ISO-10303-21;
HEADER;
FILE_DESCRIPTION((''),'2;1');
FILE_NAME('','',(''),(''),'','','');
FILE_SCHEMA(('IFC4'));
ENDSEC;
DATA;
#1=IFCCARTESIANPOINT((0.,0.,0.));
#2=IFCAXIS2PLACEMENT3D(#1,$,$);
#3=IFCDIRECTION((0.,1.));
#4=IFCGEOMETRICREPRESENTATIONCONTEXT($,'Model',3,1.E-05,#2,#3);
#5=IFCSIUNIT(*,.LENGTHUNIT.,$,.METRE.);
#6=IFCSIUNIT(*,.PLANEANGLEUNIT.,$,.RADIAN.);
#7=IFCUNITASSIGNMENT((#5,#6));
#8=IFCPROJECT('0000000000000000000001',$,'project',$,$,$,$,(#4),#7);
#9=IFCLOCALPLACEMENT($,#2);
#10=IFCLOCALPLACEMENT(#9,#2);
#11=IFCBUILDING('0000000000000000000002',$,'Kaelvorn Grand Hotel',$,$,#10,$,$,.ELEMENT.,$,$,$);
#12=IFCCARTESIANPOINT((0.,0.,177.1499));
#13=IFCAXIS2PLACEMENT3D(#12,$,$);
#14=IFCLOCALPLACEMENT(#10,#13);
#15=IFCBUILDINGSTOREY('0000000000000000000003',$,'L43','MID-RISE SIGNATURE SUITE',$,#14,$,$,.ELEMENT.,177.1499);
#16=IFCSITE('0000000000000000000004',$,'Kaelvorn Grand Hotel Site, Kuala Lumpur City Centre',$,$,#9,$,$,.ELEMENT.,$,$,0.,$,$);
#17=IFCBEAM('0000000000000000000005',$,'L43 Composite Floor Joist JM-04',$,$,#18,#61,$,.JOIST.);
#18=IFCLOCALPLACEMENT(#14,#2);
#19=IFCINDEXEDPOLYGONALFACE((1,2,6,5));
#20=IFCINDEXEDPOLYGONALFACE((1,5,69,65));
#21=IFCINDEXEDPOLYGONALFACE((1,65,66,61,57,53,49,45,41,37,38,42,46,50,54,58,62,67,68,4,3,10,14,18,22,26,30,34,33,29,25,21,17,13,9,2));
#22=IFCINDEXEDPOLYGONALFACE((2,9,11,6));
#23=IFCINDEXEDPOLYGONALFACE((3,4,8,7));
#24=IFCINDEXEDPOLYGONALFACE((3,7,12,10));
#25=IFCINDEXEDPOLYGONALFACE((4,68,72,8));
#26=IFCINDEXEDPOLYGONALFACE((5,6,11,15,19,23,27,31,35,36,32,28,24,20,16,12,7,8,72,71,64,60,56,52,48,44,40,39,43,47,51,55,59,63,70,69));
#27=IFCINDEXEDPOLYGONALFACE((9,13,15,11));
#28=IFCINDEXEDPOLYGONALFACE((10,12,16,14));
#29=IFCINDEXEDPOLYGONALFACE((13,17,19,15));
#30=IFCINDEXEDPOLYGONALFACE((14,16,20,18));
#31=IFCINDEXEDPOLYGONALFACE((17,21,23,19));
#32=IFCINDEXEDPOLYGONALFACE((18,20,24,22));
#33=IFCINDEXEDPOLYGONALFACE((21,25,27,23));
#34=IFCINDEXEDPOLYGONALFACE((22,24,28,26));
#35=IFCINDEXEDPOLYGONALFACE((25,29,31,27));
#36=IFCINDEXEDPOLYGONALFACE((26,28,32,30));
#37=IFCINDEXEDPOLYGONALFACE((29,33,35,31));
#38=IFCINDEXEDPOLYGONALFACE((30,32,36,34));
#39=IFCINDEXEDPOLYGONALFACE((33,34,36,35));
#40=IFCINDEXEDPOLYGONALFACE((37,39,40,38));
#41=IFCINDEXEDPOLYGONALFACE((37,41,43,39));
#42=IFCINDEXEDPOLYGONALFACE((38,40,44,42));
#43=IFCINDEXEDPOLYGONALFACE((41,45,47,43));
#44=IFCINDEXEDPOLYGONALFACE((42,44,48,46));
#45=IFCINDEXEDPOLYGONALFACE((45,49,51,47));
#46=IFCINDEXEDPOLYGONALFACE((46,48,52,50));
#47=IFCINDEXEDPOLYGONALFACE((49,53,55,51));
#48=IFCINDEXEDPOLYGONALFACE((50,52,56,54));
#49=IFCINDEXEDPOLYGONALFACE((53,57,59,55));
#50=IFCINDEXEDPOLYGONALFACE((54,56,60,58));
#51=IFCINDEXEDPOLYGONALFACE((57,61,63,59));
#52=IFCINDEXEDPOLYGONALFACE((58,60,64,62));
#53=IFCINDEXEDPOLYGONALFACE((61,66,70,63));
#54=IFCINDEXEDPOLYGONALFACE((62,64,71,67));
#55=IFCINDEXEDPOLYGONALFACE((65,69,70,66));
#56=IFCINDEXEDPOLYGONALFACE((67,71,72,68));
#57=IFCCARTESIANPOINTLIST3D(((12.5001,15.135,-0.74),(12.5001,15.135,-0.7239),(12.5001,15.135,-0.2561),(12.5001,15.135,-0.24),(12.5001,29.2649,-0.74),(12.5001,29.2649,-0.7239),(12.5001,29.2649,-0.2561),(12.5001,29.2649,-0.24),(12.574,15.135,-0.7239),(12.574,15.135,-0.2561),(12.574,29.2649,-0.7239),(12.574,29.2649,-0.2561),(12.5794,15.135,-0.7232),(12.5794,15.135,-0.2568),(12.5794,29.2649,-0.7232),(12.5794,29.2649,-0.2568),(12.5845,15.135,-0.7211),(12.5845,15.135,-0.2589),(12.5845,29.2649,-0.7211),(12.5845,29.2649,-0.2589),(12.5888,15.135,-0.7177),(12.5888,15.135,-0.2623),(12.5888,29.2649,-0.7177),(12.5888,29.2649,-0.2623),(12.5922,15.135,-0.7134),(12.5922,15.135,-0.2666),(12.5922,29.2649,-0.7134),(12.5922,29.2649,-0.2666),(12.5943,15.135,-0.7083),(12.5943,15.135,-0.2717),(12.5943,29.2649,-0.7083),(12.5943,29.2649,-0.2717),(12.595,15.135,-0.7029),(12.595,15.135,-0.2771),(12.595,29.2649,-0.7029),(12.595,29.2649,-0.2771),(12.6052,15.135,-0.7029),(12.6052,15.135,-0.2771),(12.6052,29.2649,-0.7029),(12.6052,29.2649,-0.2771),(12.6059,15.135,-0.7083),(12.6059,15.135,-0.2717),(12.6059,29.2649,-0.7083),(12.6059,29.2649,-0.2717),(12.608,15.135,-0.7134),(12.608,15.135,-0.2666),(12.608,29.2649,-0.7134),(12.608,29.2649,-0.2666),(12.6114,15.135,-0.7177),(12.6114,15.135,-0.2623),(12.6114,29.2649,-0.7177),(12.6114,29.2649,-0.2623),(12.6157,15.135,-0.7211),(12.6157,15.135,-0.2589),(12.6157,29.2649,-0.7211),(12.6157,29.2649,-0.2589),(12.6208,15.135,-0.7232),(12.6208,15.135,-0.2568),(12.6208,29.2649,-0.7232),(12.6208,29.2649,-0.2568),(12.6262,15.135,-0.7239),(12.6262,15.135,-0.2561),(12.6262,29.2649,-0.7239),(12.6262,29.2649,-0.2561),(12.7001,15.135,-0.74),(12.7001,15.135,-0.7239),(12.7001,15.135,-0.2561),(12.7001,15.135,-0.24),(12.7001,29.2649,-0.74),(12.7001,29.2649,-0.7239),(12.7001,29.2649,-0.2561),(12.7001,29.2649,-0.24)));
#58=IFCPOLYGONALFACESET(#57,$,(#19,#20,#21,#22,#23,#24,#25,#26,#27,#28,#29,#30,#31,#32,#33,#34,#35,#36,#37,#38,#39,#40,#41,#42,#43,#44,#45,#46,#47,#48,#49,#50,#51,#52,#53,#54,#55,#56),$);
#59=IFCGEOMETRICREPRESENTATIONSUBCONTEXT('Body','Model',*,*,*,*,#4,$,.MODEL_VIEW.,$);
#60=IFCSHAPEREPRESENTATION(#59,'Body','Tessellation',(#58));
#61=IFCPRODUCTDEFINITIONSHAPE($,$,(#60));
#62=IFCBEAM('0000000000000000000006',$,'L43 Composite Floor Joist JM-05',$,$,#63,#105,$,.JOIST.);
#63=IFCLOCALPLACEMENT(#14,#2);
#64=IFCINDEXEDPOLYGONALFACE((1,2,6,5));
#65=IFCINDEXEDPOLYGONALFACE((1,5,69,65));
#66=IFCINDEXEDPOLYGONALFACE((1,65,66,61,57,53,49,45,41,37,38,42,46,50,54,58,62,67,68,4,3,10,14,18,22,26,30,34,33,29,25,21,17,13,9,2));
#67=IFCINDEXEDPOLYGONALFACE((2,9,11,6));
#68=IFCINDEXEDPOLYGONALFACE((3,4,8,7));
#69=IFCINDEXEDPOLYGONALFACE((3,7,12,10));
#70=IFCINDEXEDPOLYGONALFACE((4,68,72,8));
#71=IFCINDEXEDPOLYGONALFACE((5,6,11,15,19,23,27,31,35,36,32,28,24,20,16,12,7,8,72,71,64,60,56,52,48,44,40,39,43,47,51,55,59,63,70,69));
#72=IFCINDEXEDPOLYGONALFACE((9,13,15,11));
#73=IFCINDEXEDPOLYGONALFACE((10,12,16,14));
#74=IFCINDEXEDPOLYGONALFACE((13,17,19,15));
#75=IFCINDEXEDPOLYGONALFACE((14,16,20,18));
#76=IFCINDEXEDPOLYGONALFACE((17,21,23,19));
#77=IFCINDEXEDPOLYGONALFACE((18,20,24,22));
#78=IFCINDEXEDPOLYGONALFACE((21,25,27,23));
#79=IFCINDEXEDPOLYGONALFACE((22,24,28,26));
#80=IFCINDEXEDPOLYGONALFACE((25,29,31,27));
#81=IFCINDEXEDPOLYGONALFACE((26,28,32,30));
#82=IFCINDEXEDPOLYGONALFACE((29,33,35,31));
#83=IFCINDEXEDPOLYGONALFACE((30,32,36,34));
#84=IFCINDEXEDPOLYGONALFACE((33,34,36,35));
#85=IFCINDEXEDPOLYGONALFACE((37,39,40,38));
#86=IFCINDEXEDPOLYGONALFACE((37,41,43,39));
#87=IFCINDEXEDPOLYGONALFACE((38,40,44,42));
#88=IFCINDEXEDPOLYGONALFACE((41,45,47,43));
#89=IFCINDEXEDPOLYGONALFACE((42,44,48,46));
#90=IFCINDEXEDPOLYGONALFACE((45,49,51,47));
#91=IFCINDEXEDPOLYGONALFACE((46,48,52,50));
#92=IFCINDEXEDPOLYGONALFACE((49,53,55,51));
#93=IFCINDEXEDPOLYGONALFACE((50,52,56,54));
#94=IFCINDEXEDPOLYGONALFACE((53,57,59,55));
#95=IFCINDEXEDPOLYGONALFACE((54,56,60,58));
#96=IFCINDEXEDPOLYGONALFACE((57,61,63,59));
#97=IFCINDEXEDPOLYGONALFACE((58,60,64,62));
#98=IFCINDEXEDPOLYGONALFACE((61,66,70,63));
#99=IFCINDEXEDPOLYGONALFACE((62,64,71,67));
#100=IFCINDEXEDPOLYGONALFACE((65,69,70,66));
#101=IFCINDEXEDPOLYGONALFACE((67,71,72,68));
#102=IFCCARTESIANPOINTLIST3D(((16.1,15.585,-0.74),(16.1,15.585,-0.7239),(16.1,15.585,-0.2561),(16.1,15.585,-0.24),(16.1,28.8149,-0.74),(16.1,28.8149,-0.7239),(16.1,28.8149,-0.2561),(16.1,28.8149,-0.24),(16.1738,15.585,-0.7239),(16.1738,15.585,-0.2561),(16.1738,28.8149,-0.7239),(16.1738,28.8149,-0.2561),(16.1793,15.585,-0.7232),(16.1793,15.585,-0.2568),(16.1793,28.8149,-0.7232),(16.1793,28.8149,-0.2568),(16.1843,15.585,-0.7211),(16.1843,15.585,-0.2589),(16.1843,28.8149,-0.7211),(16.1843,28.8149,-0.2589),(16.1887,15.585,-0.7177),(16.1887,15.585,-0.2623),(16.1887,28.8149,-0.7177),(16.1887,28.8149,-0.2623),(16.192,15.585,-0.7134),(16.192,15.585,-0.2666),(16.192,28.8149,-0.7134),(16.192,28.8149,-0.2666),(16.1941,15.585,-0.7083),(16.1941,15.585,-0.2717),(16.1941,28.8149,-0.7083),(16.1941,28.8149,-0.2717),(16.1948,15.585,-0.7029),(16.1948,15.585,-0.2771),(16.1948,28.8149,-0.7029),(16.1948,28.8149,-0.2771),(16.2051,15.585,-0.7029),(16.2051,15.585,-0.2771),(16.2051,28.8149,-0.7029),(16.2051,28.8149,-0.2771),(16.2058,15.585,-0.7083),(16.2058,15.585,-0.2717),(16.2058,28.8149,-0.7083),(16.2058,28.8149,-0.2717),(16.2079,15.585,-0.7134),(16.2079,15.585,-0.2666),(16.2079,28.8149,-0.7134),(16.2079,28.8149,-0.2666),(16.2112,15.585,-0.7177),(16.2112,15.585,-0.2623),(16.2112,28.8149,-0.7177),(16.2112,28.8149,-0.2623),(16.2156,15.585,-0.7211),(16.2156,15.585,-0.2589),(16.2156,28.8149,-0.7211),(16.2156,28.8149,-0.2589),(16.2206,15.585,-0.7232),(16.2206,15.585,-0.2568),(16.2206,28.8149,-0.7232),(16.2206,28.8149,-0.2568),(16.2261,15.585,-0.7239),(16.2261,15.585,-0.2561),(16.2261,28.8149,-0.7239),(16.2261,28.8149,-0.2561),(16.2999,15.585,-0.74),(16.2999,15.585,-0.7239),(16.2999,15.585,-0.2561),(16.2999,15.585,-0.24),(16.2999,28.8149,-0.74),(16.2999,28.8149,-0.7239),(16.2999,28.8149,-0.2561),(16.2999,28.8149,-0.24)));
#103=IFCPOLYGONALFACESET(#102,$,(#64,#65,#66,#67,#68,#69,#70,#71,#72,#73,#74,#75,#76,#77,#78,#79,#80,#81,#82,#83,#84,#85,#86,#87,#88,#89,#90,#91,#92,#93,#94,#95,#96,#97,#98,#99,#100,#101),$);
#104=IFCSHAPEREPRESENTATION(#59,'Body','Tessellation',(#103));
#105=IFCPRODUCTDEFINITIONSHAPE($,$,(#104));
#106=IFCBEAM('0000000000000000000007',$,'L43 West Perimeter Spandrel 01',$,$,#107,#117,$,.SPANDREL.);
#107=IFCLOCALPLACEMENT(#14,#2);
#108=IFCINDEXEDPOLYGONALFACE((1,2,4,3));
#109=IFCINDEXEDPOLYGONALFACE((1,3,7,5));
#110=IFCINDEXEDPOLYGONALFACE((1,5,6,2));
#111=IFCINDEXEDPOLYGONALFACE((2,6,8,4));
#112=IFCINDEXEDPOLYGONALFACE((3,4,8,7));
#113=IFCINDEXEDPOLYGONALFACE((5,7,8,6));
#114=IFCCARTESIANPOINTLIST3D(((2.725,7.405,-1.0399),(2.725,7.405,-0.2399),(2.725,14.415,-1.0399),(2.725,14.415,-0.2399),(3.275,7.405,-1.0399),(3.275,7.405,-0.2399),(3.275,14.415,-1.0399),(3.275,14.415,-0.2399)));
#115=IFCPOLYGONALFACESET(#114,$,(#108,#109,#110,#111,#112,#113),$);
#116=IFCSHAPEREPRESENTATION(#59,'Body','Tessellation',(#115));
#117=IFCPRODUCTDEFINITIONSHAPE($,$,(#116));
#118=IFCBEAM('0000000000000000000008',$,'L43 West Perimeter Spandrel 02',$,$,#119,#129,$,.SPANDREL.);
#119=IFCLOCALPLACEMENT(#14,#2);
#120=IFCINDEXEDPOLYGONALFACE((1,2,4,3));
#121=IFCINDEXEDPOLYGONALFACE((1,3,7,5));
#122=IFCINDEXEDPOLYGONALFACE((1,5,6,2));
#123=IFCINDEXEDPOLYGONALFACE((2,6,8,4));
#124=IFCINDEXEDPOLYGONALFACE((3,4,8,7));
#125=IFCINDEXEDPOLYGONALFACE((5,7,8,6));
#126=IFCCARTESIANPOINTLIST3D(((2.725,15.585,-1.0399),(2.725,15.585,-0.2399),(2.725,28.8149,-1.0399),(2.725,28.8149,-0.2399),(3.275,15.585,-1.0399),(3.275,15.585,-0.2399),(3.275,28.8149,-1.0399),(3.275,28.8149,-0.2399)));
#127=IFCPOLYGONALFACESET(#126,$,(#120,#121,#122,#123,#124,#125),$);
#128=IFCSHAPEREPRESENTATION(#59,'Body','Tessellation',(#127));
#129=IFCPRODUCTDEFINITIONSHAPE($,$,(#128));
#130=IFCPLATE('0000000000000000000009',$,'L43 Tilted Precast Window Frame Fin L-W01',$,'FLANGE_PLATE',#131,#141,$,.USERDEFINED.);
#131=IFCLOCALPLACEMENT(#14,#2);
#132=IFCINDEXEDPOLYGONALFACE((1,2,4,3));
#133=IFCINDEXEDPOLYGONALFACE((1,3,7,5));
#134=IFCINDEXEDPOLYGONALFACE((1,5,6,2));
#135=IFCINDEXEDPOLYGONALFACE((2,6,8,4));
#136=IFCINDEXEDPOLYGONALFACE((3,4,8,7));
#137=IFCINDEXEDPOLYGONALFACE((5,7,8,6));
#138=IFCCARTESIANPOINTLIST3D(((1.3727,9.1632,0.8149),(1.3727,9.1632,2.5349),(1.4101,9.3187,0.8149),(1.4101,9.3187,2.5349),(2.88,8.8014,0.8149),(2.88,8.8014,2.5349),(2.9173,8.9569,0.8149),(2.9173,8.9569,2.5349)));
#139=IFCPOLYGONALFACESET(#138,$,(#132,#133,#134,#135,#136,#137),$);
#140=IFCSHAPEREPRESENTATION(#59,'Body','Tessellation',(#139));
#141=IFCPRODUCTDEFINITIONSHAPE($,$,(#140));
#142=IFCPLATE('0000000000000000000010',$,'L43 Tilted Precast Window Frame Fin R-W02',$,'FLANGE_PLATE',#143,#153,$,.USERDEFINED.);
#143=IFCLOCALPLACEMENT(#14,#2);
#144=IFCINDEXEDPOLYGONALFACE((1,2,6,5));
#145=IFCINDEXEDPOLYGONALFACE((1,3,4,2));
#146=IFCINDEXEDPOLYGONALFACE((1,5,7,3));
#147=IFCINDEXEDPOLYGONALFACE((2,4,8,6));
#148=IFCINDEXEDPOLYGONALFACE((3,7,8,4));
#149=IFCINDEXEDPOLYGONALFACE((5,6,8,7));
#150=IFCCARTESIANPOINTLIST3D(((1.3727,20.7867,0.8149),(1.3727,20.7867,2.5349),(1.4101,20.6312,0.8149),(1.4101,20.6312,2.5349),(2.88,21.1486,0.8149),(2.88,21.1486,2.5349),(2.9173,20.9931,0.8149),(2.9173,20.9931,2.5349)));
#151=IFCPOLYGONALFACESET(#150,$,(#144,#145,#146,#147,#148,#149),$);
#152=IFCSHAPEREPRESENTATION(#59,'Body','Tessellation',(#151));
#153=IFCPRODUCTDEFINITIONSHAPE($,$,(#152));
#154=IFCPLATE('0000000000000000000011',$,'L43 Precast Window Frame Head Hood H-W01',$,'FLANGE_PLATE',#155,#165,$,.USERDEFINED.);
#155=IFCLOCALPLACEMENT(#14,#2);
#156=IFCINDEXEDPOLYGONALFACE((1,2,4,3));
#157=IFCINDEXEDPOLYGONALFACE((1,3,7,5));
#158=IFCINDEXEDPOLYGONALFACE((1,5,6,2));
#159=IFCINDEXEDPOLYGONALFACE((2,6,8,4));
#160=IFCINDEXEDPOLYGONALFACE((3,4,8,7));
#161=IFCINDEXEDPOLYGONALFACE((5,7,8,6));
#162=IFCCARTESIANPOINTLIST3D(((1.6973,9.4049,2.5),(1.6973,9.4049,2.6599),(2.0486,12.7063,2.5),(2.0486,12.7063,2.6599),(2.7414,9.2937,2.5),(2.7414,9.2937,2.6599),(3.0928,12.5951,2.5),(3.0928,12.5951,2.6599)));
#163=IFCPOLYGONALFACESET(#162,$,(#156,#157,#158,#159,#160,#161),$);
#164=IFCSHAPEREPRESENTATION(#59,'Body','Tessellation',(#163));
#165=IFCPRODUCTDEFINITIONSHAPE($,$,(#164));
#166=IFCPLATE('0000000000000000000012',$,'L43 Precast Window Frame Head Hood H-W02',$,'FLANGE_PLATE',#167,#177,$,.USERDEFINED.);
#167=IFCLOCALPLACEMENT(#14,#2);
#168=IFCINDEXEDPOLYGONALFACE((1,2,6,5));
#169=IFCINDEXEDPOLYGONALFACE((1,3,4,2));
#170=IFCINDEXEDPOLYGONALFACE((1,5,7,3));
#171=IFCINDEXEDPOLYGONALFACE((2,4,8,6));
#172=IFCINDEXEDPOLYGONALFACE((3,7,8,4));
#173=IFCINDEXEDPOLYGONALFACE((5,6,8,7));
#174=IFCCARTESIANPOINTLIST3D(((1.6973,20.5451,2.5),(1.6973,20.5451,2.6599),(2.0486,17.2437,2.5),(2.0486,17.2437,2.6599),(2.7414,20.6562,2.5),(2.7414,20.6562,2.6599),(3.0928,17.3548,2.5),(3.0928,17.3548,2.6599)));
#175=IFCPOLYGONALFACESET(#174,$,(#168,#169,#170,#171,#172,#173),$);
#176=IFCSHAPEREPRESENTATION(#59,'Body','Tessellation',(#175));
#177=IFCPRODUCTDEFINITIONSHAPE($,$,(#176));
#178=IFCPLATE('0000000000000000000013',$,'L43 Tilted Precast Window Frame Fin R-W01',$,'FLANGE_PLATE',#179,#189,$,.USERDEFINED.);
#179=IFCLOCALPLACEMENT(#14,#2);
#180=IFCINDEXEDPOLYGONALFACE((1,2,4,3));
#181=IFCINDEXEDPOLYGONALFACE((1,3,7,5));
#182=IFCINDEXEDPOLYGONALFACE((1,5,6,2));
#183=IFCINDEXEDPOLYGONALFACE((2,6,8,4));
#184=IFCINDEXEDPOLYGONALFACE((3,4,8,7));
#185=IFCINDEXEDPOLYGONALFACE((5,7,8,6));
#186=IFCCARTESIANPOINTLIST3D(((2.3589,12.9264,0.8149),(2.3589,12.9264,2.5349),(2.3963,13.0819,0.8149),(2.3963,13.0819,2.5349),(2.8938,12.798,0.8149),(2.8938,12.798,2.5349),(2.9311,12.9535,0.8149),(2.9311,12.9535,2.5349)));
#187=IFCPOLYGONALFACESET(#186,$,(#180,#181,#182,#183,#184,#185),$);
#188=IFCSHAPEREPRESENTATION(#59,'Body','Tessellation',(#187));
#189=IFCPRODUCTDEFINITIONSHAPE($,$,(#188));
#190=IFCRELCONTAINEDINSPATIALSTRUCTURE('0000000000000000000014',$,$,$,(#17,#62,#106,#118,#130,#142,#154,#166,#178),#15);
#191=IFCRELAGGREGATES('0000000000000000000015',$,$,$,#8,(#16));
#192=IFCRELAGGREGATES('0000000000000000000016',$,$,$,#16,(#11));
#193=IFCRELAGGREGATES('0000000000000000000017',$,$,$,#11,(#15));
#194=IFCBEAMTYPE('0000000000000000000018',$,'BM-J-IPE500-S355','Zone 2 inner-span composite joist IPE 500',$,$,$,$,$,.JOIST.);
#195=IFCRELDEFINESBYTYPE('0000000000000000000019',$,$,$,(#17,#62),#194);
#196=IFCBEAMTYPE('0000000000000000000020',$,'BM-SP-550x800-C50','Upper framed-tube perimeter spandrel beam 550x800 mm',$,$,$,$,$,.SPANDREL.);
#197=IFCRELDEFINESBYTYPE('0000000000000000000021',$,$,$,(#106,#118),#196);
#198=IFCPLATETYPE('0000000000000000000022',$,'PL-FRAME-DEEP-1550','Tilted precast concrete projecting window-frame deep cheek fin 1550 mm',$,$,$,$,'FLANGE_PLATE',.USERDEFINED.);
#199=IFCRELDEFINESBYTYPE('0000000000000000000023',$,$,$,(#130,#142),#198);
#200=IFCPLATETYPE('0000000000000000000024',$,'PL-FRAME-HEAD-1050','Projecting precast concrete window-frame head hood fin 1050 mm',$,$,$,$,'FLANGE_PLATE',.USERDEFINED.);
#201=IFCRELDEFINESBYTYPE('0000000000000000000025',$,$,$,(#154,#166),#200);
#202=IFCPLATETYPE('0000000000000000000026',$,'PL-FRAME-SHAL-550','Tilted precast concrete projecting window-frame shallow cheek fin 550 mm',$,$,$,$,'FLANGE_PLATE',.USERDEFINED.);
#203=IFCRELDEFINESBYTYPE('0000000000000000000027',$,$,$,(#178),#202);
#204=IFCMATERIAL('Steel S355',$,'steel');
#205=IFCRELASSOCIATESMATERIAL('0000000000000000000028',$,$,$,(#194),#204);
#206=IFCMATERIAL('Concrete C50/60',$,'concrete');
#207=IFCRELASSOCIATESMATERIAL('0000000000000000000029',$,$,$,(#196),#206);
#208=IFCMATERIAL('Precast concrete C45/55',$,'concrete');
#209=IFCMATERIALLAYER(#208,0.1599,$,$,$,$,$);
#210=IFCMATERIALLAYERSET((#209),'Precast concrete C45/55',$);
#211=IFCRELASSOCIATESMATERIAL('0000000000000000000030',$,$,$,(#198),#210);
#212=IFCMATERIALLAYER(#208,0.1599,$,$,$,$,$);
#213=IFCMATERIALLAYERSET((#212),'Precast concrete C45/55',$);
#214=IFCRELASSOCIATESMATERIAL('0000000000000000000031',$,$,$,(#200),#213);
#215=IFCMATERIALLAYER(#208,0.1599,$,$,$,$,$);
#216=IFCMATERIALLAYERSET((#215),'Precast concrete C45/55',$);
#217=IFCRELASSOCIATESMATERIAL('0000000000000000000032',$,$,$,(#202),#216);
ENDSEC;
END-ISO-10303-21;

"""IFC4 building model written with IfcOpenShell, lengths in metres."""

from ifc_helpers import new_model, si_unit, direction, frame, origin, origin_2d, place, context, subcontext, project, spatial, rectangle, i_section, extrude, material, layer, layer_set, material_profile, profile_set, type_object, element, save


model = new_model("IFC4")

# Units and contexts
model_context = context("Model", 3, precision=1e-05, world=origin(), true_north=direction((0.0, 1.0)))
body_context = subcontext(model_context, "Body", "Model", "MODEL_VIEW")
ifc_project = project(units=[si_unit("LENGTHUNIT", "METRE"), si_unit("PLANEANGLEUNIT", "RADIAN")], contexts=[model_context])

# Site, building, storey
site_placement = place(None, origin())
site = spatial("IfcSite", under=ifc_project, at=site_placement, Name="Kaelvorn Grand Hotel Site, Kuala Lumpur City Centre", CompositionType="ELEMENT", RefElevation=0.0)
building_placement = place(site_placement, origin())
building = spatial("IfcBuilding", under=site, at=building_placement, Name="Kaelvorn Grand Hotel", CompositionType="ELEMENT")
storey_placement = place(building_placement, frame((0.0, 0.0, 177.1499)))
storey = spatial("IfcBuildingStorey", under=building, at=storey_placement, Name="L43", Description="MID-RISE SIGNATURE SUITE", CompositionType="ELEMENT", Elevation=177.1499)

# Beams
ifc_material_1 = material(Name="Steel S355", Category="steel")
ifc_material_profile_1 = material_profile(ifc_material_1, i_section(OverallWidth=0.2, OverallDepth=0.5, WebThickness=0.0103, FlangeThickness=0.0161, FilletRadius=0.021, at=origin_2d()), Name="IPE 500")
ifc_profile_set_1 = profile_set([ifc_material_profile_1], Name="Steel S355")
beam_type_1 = type_object("IfcBeamType", Name="BM-J-IPE500-S355", Description="Zone 2 inner-span composite joist IPE 500", PredefinedType="JOIST", material=ifc_profile_set_1)
beam_1_placement = place(storey_placement, frame((12.6001, 15.135, -0.49), z_axis=(0.0, 1.0, 0.0), x_axis=(-1.0, 0.0, 0.0)))
element("IfcBeam", 1, at=beam_1_placement, inside=storey, type_object=beam_type_1, Name="L43 Composite Floor Joist JM-04", PredefinedType="JOIST", context=body_context, shape_type="SweptSolid", body=[
    extrude(i_section(OverallWidth=0.2, OverallDepth=0.5, WebThickness=0.0103, FlangeThickness=0.0161, FilletRadius=0.021, at=origin_2d()), origin(), (0.0, 0.0, 1.0), 14.1299),
])
beam_2_placement = place(storey_placement, frame((16.2, 15.585, -0.49), z_axis=(0.0, 1.0, 0.0), x_axis=(-1.0, 0.0, 0.0)))
element("IfcBeam", 2, at=beam_2_placement, inside=storey, type_object=beam_type_1, Name="L43 Composite Floor Joist JM-05", PredefinedType="JOIST", context=body_context, shape_type="SweptSolid", body=[
    extrude(i_section(OverallWidth=0.2, OverallDepth=0.5, WebThickness=0.0103, FlangeThickness=0.0161, FilletRadius=0.021, at=origin_2d()), origin(), (0.0, 0.0, 1.0), 13.23),
])
ifc_material_2 = material(Name="Concrete C50/60", Category="concrete")
ifc_material_profile_2 = material_profile(ifc_material_2, rectangle(XDim=0.55, YDim=0.8, at=origin_2d()), Name="RC SPANDREL 550x800")
ifc_profile_set_2 = profile_set([ifc_material_profile_2], Name="Concrete C50/60")
beam_type_2 = type_object("IfcBeamType", Name="BM-SP-550x800-C50", Description="Upper framed-tube perimeter spandrel beam 550x800 mm", PredefinedType="SPANDREL", material=ifc_profile_set_2)
beam_3_placement = place(storey_placement, frame((3.0, 7.405, -0.6399), z_axis=(0.0, 1.0, 0.0), x_axis=(-1.0, 0.0, 0.0)))
element("IfcBeam", 3, at=beam_3_placement, inside=storey, type_object=beam_type_2, Name="L43 West Perimeter Spandrel 01", PredefinedType="SPANDREL", context=body_context, shape_type="SweptSolid", body=[
    extrude(rectangle(XDim=0.55, YDim=0.8, at=origin_2d()), origin(), (0.0, 0.0, 1.0), 7.01),
])
beam_4_placement = place(storey_placement, frame((3.0, 15.585, -0.6399), z_axis=(0.0, 1.0, 0.0), x_axis=(-1.0, 0.0, 0.0)))
element("IfcBeam", 4, at=beam_4_placement, inside=storey, type_object=beam_type_2, Name="L43 West Perimeter Spandrel 02", PredefinedType="SPANDREL", context=body_context, shape_type="SweptSolid", body=[
    extrude(rectangle(XDim=0.55, YDim=0.8, at=origin_2d()), origin(), (0.0, 0.0, 1.0), 13.23),
])

# Plates
ifc_material_3 = material(Name="Precast concrete C45/55", Category="concrete")
ifc_layer_1 = layer(ifc_material_3, 0.1599)
ifc_layer_set_1 = layer_set([ifc_layer_1], Name="Precast concrete C45/55")
plate_type_1 = type_object("IfcPlateType", Name="PL-FRAME-DEEP-1550", Description="Tilted precast concrete projecting window-frame deep cheek fin 1550 mm", ElementType="FLANGE_PLATE", PredefinedType="USERDEFINED", material=ifc_layer_set_1)
for number, where, z_axis, x_axis, name in (
    (5, (2.145, 9.0601, 0.8149), (0.0, 0.0, 1.0), (0.233445, 0.97237, 0.0), "L43 Tilted Precast Window Frame Fin L-W01"),
    (6, (2.145, 20.8899, 0.8149), (0.0, 0.0, 1.0), (-0.233445, 0.97237, 0.0), "L43 Tilted Precast Window Frame Fin R-W02"),
):
    element("IfcPlate", number, at=place(storey_placement, frame(where, z_axis=z_axis, x_axis=x_axis)), inside=storey, type_object=plate_type_1, Name=name, ObjectType="FLANGE_PLATE", PredefinedType="USERDEFINED", context=body_context, shape_type="SweptSolid", body=[
        extrude(rectangle(XDim=0.1599, YDim=1.55, at=origin_2d()), origin(), (0.0, 0.0, 1.0), 1.72),
    ])
ifc_layer_2 = layer(ifc_material_3, 0.1599)
ifc_layer_set_2 = layer_set([ifc_layer_2], Name="Precast concrete C45/55")
plate_type_2 = type_object("IfcPlateType", Name="PL-FRAME-HEAD-1050", Description="Projecting precast concrete window-frame head hood fin 1050 mm", ElementType="FLANGE_PLATE", PredefinedType="USERDEFINED", material=ifc_layer_set_2)
for number, where, z_axis, x_axis, name in (
    (7, (2.395, 11.0, 2.5), (0.0, 0.0, 1.0), (0.10583, 0.994384, 0.0), "L43 Precast Window Frame Head Hood H-W01"),
    (8, (2.395, 18.95, 2.5), (0.0, 0.0, 1.0), (-0.10583, 0.994384, 0.0), "L43 Precast Window Frame Head Hood H-W02"),
):
    element("IfcPlate", number, at=place(storey_placement, frame(where, z_axis=z_axis, x_axis=x_axis)), inside=storey, type_object=plate_type_2, Name=name, ObjectType="FLANGE_PLATE", PredefinedType="USERDEFINED", context=body_context, shape_type="SweptSolid", body=[
        extrude(rectangle(XDim=3.3201, YDim=1.05, at=origin_2d()), origin(), (0.0, 0.0, 1.0), 0.1599),
    ])
ifc_layer_3 = layer(ifc_material_3, 0.1599)
ifc_layer_set_3 = layer_set([ifc_layer_3], Name="Precast concrete C45/55")
plate_type_3 = type_object("IfcPlateType", Name="PL-FRAME-SHAL-550", Description="Tilted precast concrete projecting window-frame shallow cheek fin 550 mm", ElementType="FLANGE_PLATE", PredefinedType="USERDEFINED", material=ifc_layer_set_3)
for number, where, z_axis, x_axis, name in (
    (9, (2.645, 12.9399, 0.8149), (0.0, 0.0, 1.0), (0.233445, 0.97237, 0.0), "L43 Tilted Precast Window Frame Fin R-W01"),
):
    element("IfcPlate", number, at=place(storey_placement, frame(where, z_axis=z_axis, x_axis=x_axis)), inside=storey, type_object=plate_type_3, Name=name, ObjectType="FLANGE_PLATE", PredefinedType="USERDEFINED", context=body_context, shape_type="SweptSolid", body=[
        extrude(rectangle(XDim=0.1599, YDim=0.55, at=origin_2d()), origin(), (0.0, 0.0, 1.0), 1.72),
    ])

save(model, "model.ifc")
